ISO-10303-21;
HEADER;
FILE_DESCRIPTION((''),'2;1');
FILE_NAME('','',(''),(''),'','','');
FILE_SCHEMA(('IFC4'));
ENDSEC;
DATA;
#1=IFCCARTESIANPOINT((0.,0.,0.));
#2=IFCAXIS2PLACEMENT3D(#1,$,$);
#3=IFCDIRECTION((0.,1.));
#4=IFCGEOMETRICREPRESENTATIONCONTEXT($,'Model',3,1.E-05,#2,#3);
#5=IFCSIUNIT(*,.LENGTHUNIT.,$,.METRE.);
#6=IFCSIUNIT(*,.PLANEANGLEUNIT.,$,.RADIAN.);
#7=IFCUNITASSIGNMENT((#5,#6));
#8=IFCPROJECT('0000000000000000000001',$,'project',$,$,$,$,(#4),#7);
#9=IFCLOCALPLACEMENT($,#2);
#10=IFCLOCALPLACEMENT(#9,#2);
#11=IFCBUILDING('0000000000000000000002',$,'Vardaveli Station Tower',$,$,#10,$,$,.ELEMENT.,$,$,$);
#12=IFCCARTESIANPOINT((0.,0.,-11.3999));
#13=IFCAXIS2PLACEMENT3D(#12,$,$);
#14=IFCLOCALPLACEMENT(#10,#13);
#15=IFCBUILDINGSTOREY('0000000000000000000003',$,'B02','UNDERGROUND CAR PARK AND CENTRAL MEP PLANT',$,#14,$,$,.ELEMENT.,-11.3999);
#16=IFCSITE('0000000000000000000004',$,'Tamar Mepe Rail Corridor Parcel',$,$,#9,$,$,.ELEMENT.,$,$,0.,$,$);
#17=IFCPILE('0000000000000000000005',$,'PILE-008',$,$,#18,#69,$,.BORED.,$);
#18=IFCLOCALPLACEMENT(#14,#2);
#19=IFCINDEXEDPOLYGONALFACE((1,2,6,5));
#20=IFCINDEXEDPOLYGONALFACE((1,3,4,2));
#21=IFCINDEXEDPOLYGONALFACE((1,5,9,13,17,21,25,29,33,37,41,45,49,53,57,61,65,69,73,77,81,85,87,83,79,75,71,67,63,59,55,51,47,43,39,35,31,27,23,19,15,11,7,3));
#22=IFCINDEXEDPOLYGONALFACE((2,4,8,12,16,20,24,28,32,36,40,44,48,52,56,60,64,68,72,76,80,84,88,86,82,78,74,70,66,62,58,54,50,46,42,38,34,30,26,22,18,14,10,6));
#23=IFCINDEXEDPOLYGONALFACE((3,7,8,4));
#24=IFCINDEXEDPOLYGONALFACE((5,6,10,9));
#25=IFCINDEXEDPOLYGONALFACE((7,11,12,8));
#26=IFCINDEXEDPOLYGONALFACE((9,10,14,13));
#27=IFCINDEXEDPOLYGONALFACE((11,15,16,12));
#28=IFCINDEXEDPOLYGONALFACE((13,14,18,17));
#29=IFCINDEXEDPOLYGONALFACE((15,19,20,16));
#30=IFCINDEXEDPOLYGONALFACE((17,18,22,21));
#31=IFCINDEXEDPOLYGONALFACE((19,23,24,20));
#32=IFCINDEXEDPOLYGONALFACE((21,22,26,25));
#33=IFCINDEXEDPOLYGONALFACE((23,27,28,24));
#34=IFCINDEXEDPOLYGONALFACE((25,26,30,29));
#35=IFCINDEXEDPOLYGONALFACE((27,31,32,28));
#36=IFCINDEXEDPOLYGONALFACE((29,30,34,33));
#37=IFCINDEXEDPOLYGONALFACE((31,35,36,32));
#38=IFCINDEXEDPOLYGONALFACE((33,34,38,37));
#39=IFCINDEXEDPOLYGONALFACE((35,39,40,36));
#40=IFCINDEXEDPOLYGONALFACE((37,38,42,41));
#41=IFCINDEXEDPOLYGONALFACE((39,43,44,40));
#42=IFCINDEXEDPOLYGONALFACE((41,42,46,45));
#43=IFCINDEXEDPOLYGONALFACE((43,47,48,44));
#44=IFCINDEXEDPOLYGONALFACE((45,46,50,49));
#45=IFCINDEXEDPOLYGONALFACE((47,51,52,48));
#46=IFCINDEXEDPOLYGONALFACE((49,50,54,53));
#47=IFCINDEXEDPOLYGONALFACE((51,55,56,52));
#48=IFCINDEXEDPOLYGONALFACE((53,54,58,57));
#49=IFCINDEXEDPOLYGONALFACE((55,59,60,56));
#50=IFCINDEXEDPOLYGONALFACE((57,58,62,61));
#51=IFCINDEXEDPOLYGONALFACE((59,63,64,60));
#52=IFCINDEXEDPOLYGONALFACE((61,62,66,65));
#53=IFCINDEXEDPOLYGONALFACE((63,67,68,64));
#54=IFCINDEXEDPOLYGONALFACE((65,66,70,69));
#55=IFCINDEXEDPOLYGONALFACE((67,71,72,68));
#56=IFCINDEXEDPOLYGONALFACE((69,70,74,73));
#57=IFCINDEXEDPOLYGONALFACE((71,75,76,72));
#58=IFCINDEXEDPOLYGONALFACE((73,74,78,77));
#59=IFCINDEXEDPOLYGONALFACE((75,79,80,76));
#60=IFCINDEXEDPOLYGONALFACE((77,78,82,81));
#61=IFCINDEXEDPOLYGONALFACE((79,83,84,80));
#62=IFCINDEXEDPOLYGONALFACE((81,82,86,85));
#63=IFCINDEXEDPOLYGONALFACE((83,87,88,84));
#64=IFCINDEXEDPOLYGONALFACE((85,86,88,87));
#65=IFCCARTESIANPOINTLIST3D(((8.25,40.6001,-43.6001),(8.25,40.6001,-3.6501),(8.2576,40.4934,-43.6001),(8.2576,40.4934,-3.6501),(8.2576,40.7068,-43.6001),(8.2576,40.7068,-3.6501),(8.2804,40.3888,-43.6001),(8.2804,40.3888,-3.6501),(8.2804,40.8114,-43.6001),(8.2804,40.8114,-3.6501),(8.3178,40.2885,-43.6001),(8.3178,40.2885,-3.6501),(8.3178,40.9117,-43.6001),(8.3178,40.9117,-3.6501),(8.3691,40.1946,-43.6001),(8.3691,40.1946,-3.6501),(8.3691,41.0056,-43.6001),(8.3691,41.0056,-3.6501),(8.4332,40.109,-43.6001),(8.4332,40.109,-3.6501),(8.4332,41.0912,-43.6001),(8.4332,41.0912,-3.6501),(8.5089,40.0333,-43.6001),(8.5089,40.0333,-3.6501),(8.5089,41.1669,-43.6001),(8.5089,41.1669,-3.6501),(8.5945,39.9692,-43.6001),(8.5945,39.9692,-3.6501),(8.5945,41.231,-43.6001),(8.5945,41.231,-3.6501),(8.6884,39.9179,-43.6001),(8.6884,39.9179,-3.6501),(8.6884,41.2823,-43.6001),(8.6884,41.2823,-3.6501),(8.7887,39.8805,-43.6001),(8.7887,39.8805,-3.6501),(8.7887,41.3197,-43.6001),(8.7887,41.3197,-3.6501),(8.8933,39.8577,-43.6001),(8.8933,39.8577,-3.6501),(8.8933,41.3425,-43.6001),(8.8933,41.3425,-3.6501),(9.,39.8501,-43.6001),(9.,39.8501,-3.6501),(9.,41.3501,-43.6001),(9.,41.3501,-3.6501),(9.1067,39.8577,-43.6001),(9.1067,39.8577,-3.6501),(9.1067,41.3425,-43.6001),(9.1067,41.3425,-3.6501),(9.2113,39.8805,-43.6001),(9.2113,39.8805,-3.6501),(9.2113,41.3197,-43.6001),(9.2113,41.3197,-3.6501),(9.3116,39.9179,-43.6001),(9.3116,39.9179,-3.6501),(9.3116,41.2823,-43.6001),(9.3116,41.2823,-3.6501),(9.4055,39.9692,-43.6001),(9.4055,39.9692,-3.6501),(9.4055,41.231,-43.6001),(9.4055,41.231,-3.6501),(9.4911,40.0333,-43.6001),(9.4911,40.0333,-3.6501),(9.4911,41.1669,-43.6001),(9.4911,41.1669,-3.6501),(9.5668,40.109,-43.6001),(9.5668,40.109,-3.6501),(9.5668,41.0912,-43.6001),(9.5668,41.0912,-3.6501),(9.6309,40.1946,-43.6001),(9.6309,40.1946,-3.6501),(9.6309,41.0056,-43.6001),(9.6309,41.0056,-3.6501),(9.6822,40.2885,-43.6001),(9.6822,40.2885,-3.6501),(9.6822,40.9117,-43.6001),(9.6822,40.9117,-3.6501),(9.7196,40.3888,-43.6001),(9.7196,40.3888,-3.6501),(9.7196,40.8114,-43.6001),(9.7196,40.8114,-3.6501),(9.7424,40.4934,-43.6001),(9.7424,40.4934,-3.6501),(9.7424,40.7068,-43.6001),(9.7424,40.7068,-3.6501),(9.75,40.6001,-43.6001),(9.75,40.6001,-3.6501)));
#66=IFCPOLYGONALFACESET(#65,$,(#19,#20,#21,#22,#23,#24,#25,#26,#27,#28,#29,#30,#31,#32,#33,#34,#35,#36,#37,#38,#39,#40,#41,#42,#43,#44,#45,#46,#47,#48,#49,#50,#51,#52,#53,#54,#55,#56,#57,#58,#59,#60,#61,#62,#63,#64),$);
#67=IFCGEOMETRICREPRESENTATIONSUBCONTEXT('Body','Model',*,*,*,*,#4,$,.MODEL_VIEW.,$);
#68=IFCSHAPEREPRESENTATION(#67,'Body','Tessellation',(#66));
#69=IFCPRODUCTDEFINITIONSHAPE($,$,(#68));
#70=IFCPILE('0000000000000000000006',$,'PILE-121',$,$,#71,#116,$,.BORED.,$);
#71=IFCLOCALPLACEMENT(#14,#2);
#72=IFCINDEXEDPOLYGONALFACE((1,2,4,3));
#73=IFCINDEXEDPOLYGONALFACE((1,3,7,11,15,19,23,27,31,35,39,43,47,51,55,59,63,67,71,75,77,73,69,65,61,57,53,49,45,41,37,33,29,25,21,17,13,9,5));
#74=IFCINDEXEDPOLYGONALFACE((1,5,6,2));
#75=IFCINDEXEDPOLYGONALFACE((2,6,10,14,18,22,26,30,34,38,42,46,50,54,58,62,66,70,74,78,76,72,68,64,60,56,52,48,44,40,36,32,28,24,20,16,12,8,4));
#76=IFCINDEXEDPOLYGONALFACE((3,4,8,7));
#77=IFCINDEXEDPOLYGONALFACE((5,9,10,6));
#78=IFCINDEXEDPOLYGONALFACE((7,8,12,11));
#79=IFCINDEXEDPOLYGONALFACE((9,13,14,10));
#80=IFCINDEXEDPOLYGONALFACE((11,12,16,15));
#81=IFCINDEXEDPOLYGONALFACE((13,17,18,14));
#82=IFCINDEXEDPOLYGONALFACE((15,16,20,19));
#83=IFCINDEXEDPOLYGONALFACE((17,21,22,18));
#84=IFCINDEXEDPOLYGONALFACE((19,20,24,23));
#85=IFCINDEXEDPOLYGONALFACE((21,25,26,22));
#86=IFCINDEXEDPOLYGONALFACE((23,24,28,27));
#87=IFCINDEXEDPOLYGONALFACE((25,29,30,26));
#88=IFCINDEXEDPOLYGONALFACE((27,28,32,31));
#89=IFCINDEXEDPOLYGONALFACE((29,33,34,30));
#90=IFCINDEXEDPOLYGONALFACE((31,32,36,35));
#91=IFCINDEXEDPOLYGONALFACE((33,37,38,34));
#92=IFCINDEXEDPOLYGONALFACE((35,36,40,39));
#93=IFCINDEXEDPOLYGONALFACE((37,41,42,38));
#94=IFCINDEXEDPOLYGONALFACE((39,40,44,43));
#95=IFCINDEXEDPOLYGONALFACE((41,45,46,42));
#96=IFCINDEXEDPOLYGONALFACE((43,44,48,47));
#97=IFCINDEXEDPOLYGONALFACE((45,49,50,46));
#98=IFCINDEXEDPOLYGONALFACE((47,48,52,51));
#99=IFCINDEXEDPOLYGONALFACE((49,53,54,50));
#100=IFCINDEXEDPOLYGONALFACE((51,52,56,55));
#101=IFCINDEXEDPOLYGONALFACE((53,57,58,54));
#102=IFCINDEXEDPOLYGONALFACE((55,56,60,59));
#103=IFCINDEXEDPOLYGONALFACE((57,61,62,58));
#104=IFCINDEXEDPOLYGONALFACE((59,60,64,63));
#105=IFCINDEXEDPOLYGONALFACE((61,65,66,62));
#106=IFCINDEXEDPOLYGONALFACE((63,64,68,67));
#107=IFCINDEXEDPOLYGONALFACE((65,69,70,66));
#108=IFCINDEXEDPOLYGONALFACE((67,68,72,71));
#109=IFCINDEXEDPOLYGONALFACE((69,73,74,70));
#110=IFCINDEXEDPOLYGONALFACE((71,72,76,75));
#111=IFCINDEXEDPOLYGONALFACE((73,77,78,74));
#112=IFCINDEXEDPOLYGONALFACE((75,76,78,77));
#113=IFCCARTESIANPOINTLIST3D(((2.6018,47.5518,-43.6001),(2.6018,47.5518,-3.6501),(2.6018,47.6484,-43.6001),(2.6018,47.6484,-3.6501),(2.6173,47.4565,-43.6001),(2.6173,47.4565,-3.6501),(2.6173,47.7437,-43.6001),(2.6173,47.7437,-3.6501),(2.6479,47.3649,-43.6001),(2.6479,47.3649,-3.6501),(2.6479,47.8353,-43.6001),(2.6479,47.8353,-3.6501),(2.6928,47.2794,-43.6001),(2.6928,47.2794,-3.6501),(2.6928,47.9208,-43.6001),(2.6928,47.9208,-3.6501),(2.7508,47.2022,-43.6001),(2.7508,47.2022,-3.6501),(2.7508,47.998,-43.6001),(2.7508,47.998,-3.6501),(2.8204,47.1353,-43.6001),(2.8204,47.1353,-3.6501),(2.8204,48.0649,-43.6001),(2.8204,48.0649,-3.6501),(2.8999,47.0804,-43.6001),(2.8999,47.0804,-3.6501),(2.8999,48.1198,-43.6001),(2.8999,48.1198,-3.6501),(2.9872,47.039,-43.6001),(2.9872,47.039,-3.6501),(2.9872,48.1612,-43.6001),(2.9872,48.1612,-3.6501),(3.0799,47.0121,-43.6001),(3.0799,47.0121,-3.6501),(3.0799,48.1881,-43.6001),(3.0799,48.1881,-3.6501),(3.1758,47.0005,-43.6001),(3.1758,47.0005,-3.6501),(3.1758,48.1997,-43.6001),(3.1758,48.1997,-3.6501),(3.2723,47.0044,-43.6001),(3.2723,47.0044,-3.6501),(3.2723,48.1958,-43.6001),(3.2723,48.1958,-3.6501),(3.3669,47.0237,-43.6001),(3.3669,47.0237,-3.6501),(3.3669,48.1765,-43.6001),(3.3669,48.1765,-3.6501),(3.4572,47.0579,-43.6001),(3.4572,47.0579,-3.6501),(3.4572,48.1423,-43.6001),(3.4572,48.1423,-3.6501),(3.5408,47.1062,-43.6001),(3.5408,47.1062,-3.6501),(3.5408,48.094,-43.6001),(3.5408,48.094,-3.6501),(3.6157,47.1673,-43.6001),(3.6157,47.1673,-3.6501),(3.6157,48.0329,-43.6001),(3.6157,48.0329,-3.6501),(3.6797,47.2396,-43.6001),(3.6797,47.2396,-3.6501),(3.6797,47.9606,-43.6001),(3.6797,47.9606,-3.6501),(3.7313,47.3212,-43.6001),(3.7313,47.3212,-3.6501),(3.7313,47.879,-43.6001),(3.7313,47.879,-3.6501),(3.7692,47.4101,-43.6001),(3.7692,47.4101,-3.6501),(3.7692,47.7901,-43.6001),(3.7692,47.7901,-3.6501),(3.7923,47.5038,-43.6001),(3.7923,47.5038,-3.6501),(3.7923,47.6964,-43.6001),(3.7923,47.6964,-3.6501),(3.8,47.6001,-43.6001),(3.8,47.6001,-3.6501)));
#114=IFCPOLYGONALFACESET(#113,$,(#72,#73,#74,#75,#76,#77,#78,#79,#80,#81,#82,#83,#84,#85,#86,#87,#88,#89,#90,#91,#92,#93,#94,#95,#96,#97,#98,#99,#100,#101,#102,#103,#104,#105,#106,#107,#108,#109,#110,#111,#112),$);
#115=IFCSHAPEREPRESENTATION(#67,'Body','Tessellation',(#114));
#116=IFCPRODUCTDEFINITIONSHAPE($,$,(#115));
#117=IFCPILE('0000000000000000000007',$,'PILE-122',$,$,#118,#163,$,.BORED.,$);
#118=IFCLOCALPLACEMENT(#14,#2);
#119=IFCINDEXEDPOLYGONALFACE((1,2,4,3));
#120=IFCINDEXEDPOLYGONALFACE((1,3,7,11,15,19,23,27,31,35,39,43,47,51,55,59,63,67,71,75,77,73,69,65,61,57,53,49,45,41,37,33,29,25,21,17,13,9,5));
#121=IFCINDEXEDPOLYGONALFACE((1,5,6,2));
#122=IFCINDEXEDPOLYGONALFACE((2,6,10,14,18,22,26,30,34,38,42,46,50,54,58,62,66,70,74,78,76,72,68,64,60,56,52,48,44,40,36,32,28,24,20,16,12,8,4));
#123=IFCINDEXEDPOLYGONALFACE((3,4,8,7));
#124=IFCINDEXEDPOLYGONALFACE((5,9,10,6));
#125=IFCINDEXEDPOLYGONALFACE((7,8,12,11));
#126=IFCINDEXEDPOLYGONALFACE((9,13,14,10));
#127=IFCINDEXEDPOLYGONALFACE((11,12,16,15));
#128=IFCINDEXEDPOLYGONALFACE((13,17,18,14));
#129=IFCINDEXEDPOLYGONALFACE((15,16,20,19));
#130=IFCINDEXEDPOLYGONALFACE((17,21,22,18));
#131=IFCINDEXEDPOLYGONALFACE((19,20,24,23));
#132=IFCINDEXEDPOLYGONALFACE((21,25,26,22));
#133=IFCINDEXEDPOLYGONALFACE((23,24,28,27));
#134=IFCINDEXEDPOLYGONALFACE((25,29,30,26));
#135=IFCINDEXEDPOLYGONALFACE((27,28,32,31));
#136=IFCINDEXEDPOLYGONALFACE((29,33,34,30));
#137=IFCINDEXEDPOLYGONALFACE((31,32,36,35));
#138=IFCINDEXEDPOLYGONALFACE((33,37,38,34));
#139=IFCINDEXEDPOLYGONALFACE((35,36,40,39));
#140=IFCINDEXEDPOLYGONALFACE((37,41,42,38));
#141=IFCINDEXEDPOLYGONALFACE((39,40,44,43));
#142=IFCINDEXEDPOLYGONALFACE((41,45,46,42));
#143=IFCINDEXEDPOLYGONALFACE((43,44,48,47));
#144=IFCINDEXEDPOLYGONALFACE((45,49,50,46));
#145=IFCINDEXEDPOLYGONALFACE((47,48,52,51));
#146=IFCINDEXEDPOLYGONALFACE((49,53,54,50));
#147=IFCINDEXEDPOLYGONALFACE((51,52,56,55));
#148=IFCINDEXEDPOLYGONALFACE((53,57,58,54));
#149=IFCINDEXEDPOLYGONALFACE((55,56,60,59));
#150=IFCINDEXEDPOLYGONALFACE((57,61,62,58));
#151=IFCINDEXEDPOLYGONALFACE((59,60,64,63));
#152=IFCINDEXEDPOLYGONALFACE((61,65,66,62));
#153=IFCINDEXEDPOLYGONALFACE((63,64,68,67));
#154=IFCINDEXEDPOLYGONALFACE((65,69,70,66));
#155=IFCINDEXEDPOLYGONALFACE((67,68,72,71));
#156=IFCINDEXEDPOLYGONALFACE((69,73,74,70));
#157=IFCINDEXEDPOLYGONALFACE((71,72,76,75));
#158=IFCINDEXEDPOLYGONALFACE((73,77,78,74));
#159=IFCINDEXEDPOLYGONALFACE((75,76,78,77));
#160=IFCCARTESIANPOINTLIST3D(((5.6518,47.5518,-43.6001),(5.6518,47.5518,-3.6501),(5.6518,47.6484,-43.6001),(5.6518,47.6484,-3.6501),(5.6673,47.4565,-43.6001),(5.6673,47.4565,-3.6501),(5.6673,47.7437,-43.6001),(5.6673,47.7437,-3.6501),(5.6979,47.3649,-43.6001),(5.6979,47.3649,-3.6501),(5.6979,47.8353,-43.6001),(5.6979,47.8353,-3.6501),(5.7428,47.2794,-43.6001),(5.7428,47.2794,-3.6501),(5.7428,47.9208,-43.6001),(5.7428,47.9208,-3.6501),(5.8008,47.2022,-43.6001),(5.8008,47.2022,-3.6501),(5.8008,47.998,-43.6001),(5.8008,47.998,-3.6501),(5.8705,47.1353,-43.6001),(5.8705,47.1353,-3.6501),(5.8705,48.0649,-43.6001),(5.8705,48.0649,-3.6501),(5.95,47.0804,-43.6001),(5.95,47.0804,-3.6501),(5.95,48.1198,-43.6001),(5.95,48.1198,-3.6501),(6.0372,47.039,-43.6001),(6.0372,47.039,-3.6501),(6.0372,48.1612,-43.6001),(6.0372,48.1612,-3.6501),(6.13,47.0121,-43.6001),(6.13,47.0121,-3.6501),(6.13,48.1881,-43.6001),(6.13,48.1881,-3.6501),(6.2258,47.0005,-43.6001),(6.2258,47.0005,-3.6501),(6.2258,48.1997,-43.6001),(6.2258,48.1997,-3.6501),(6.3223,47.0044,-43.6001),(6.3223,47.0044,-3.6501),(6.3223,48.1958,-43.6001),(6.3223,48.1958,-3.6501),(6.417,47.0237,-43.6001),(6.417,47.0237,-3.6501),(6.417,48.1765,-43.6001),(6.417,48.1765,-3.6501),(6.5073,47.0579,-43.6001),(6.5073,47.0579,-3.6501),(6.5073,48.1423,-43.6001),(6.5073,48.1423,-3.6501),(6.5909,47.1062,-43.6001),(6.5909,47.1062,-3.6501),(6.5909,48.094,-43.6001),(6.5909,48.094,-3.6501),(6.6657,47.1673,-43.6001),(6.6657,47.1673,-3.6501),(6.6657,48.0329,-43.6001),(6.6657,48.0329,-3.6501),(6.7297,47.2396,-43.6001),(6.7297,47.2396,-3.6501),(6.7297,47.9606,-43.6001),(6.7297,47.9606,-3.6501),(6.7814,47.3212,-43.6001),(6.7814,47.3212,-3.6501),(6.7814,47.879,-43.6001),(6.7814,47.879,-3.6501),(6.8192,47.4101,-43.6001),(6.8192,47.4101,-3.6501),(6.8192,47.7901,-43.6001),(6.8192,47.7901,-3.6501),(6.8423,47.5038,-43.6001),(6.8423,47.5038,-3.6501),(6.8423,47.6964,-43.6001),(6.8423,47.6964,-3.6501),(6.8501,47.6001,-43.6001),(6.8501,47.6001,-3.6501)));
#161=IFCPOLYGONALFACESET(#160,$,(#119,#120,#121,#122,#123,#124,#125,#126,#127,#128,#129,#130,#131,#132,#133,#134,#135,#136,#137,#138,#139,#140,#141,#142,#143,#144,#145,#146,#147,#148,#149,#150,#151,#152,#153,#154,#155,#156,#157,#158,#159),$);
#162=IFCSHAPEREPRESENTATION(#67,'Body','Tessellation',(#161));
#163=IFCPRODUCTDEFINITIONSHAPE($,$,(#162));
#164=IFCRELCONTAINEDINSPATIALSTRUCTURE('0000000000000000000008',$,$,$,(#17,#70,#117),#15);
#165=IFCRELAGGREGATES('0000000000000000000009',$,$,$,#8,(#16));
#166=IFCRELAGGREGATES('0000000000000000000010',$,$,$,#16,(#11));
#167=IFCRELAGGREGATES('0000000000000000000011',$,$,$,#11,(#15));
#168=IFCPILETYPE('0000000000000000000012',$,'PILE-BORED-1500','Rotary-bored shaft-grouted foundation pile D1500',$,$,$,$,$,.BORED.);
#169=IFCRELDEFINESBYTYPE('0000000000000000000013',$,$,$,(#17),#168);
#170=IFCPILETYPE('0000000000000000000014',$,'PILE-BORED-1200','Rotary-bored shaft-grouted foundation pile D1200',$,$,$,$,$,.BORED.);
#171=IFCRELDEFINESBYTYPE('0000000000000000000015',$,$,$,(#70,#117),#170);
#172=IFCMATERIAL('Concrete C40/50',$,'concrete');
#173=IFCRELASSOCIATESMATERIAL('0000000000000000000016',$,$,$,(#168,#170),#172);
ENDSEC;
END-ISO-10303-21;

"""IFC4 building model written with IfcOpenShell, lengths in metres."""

from ifc_helpers import new_model, si_unit, direction, frame, origin, origin_2d, place, context, subcontext, project, spatial, circle, extrude, source, transform, mapped, material, material_profile, profile_set, type_object, element, save


model = new_model("IFC4")

# Units and contexts
model_context = context("Model", 3, precision=1e-05, world=origin(), true_north=direction((0.0, 1.0)))
body_context = subcontext(model_context, "Body", "Model", "MODEL_VIEW")
ifc_project = project(units=[si_unit("LENGTHUNIT", "METRE"), si_unit("PLANEANGLEUNIT", "RADIAN")], contexts=[model_context])

# Site, building, storey
site_placement = place(None, origin())
site = spatial("IfcSite", under=ifc_project, at=site_placement, Name="Tamar Mepe Rail Corridor Parcel", CompositionType="ELEMENT", RefElevation=0.0)
building_placement = place(site_placement, origin())
building = spatial("IfcBuilding", under=site, at=building_placement, Name="Vardaveli Station Tower", CompositionType="ELEMENT")
storey_placement = place(building_placement, frame((0.0, 0.0, -11.3999)))
storey = spatial("IfcBuildingStorey", under=building, at=storey_placement, Name="B02", Description="UNDERGROUND CAR PARK AND CENTRAL MEP PLANT", CompositionType="ELEMENT", Elevation=-11.3999)

# Piles
ifc_material_1 = material(Name="Concrete C40/50", Category="concrete")
ifc_material_profile_1 = material_profile(ifc_material_1, circle(Radius=0.75, at=origin_2d()), Name="PILE D1500")
ifc_profile_set_1 = profile_set([ifc_material_profile_1], Name="Concrete C40/50")
pile_type_1 = type_object("IfcPileType", Name="PILE-BORED-1500", Description="Rotary-bored shaft-grouted foundation pile D1500", PredefinedType="BORED", material=ifc_profile_set_1)
shared_shape_1 = source(origin(), body_context, "Body", "SweptSolid", [
    extrude(circle(Radius=0.75, at=origin_2d()), origin(), (0.0, 0.0, 1.0), 39.95),
])
for number, where, z_axis, x_axis, name in (
    (1, (9.0, 40.6001, -3.6501), (0.0, 0.0, -1.0), (1.0, 0.0, 0.0), "PILE-008"),
):
    element("IfcPile", number, at=place(storey_placement, frame(where, z_axis=z_axis, x_axis=x_axis)), inside=storey, type_object=pile_type_1, Name=name, PredefinedType="BORED", context=body_context, shape_type="MappedRepresentation", body=[
        mapped(shared_shape_1, transform((0.0, 0.0, 0.0), scale=1.0)),
    ])
ifc_material_profile_2 = material_profile(ifc_material_1, circle(Radius=0.6001, at=origin_2d()), Name="PILE D1200")
ifc_profile_set_2 = profile_set([ifc_material_profile_2], Name="Concrete C40/50")
pile_type_2 = type_object("IfcPileType", Name="PILE-BORED-1200", Description="Rotary-bored shaft-grouted foundation pile D1200", PredefinedType="BORED", material=ifc_profile_set_2)
shared_shape_2 = source(origin(), body_context, "Body", "SweptSolid", [
    extrude(circle(Radius=0.6001, at=origin_2d()), origin(), (0.0, 0.0, 1.0), 39.95),
])
for number, where, z_axis, x_axis, name in (
    (2, (3.2, 47.6001, -3.6501), (0.0, 0.0, -1.0), (1.0, 0.0, 0.0), "PILE-121"),
    (3, (6.25, 47.6001, -3.6501), (0.0, 0.0, -1.0), (1.0, 0.0, 0.0), "PILE-122"),
):
    element("IfcPile", number, at=place(storey_placement, frame(where, z_axis=z_axis, x_axis=x_axis)), inside=storey, type_object=pile_type_2, Name=name, PredefinedType="BORED", context=body_context, shape_type="MappedRepresentation", body=[
        mapped(shared_shape_2, transform((0.0, 0.0, 0.0), scale=1.0)),
    ])

save(model, "model.ifc")
